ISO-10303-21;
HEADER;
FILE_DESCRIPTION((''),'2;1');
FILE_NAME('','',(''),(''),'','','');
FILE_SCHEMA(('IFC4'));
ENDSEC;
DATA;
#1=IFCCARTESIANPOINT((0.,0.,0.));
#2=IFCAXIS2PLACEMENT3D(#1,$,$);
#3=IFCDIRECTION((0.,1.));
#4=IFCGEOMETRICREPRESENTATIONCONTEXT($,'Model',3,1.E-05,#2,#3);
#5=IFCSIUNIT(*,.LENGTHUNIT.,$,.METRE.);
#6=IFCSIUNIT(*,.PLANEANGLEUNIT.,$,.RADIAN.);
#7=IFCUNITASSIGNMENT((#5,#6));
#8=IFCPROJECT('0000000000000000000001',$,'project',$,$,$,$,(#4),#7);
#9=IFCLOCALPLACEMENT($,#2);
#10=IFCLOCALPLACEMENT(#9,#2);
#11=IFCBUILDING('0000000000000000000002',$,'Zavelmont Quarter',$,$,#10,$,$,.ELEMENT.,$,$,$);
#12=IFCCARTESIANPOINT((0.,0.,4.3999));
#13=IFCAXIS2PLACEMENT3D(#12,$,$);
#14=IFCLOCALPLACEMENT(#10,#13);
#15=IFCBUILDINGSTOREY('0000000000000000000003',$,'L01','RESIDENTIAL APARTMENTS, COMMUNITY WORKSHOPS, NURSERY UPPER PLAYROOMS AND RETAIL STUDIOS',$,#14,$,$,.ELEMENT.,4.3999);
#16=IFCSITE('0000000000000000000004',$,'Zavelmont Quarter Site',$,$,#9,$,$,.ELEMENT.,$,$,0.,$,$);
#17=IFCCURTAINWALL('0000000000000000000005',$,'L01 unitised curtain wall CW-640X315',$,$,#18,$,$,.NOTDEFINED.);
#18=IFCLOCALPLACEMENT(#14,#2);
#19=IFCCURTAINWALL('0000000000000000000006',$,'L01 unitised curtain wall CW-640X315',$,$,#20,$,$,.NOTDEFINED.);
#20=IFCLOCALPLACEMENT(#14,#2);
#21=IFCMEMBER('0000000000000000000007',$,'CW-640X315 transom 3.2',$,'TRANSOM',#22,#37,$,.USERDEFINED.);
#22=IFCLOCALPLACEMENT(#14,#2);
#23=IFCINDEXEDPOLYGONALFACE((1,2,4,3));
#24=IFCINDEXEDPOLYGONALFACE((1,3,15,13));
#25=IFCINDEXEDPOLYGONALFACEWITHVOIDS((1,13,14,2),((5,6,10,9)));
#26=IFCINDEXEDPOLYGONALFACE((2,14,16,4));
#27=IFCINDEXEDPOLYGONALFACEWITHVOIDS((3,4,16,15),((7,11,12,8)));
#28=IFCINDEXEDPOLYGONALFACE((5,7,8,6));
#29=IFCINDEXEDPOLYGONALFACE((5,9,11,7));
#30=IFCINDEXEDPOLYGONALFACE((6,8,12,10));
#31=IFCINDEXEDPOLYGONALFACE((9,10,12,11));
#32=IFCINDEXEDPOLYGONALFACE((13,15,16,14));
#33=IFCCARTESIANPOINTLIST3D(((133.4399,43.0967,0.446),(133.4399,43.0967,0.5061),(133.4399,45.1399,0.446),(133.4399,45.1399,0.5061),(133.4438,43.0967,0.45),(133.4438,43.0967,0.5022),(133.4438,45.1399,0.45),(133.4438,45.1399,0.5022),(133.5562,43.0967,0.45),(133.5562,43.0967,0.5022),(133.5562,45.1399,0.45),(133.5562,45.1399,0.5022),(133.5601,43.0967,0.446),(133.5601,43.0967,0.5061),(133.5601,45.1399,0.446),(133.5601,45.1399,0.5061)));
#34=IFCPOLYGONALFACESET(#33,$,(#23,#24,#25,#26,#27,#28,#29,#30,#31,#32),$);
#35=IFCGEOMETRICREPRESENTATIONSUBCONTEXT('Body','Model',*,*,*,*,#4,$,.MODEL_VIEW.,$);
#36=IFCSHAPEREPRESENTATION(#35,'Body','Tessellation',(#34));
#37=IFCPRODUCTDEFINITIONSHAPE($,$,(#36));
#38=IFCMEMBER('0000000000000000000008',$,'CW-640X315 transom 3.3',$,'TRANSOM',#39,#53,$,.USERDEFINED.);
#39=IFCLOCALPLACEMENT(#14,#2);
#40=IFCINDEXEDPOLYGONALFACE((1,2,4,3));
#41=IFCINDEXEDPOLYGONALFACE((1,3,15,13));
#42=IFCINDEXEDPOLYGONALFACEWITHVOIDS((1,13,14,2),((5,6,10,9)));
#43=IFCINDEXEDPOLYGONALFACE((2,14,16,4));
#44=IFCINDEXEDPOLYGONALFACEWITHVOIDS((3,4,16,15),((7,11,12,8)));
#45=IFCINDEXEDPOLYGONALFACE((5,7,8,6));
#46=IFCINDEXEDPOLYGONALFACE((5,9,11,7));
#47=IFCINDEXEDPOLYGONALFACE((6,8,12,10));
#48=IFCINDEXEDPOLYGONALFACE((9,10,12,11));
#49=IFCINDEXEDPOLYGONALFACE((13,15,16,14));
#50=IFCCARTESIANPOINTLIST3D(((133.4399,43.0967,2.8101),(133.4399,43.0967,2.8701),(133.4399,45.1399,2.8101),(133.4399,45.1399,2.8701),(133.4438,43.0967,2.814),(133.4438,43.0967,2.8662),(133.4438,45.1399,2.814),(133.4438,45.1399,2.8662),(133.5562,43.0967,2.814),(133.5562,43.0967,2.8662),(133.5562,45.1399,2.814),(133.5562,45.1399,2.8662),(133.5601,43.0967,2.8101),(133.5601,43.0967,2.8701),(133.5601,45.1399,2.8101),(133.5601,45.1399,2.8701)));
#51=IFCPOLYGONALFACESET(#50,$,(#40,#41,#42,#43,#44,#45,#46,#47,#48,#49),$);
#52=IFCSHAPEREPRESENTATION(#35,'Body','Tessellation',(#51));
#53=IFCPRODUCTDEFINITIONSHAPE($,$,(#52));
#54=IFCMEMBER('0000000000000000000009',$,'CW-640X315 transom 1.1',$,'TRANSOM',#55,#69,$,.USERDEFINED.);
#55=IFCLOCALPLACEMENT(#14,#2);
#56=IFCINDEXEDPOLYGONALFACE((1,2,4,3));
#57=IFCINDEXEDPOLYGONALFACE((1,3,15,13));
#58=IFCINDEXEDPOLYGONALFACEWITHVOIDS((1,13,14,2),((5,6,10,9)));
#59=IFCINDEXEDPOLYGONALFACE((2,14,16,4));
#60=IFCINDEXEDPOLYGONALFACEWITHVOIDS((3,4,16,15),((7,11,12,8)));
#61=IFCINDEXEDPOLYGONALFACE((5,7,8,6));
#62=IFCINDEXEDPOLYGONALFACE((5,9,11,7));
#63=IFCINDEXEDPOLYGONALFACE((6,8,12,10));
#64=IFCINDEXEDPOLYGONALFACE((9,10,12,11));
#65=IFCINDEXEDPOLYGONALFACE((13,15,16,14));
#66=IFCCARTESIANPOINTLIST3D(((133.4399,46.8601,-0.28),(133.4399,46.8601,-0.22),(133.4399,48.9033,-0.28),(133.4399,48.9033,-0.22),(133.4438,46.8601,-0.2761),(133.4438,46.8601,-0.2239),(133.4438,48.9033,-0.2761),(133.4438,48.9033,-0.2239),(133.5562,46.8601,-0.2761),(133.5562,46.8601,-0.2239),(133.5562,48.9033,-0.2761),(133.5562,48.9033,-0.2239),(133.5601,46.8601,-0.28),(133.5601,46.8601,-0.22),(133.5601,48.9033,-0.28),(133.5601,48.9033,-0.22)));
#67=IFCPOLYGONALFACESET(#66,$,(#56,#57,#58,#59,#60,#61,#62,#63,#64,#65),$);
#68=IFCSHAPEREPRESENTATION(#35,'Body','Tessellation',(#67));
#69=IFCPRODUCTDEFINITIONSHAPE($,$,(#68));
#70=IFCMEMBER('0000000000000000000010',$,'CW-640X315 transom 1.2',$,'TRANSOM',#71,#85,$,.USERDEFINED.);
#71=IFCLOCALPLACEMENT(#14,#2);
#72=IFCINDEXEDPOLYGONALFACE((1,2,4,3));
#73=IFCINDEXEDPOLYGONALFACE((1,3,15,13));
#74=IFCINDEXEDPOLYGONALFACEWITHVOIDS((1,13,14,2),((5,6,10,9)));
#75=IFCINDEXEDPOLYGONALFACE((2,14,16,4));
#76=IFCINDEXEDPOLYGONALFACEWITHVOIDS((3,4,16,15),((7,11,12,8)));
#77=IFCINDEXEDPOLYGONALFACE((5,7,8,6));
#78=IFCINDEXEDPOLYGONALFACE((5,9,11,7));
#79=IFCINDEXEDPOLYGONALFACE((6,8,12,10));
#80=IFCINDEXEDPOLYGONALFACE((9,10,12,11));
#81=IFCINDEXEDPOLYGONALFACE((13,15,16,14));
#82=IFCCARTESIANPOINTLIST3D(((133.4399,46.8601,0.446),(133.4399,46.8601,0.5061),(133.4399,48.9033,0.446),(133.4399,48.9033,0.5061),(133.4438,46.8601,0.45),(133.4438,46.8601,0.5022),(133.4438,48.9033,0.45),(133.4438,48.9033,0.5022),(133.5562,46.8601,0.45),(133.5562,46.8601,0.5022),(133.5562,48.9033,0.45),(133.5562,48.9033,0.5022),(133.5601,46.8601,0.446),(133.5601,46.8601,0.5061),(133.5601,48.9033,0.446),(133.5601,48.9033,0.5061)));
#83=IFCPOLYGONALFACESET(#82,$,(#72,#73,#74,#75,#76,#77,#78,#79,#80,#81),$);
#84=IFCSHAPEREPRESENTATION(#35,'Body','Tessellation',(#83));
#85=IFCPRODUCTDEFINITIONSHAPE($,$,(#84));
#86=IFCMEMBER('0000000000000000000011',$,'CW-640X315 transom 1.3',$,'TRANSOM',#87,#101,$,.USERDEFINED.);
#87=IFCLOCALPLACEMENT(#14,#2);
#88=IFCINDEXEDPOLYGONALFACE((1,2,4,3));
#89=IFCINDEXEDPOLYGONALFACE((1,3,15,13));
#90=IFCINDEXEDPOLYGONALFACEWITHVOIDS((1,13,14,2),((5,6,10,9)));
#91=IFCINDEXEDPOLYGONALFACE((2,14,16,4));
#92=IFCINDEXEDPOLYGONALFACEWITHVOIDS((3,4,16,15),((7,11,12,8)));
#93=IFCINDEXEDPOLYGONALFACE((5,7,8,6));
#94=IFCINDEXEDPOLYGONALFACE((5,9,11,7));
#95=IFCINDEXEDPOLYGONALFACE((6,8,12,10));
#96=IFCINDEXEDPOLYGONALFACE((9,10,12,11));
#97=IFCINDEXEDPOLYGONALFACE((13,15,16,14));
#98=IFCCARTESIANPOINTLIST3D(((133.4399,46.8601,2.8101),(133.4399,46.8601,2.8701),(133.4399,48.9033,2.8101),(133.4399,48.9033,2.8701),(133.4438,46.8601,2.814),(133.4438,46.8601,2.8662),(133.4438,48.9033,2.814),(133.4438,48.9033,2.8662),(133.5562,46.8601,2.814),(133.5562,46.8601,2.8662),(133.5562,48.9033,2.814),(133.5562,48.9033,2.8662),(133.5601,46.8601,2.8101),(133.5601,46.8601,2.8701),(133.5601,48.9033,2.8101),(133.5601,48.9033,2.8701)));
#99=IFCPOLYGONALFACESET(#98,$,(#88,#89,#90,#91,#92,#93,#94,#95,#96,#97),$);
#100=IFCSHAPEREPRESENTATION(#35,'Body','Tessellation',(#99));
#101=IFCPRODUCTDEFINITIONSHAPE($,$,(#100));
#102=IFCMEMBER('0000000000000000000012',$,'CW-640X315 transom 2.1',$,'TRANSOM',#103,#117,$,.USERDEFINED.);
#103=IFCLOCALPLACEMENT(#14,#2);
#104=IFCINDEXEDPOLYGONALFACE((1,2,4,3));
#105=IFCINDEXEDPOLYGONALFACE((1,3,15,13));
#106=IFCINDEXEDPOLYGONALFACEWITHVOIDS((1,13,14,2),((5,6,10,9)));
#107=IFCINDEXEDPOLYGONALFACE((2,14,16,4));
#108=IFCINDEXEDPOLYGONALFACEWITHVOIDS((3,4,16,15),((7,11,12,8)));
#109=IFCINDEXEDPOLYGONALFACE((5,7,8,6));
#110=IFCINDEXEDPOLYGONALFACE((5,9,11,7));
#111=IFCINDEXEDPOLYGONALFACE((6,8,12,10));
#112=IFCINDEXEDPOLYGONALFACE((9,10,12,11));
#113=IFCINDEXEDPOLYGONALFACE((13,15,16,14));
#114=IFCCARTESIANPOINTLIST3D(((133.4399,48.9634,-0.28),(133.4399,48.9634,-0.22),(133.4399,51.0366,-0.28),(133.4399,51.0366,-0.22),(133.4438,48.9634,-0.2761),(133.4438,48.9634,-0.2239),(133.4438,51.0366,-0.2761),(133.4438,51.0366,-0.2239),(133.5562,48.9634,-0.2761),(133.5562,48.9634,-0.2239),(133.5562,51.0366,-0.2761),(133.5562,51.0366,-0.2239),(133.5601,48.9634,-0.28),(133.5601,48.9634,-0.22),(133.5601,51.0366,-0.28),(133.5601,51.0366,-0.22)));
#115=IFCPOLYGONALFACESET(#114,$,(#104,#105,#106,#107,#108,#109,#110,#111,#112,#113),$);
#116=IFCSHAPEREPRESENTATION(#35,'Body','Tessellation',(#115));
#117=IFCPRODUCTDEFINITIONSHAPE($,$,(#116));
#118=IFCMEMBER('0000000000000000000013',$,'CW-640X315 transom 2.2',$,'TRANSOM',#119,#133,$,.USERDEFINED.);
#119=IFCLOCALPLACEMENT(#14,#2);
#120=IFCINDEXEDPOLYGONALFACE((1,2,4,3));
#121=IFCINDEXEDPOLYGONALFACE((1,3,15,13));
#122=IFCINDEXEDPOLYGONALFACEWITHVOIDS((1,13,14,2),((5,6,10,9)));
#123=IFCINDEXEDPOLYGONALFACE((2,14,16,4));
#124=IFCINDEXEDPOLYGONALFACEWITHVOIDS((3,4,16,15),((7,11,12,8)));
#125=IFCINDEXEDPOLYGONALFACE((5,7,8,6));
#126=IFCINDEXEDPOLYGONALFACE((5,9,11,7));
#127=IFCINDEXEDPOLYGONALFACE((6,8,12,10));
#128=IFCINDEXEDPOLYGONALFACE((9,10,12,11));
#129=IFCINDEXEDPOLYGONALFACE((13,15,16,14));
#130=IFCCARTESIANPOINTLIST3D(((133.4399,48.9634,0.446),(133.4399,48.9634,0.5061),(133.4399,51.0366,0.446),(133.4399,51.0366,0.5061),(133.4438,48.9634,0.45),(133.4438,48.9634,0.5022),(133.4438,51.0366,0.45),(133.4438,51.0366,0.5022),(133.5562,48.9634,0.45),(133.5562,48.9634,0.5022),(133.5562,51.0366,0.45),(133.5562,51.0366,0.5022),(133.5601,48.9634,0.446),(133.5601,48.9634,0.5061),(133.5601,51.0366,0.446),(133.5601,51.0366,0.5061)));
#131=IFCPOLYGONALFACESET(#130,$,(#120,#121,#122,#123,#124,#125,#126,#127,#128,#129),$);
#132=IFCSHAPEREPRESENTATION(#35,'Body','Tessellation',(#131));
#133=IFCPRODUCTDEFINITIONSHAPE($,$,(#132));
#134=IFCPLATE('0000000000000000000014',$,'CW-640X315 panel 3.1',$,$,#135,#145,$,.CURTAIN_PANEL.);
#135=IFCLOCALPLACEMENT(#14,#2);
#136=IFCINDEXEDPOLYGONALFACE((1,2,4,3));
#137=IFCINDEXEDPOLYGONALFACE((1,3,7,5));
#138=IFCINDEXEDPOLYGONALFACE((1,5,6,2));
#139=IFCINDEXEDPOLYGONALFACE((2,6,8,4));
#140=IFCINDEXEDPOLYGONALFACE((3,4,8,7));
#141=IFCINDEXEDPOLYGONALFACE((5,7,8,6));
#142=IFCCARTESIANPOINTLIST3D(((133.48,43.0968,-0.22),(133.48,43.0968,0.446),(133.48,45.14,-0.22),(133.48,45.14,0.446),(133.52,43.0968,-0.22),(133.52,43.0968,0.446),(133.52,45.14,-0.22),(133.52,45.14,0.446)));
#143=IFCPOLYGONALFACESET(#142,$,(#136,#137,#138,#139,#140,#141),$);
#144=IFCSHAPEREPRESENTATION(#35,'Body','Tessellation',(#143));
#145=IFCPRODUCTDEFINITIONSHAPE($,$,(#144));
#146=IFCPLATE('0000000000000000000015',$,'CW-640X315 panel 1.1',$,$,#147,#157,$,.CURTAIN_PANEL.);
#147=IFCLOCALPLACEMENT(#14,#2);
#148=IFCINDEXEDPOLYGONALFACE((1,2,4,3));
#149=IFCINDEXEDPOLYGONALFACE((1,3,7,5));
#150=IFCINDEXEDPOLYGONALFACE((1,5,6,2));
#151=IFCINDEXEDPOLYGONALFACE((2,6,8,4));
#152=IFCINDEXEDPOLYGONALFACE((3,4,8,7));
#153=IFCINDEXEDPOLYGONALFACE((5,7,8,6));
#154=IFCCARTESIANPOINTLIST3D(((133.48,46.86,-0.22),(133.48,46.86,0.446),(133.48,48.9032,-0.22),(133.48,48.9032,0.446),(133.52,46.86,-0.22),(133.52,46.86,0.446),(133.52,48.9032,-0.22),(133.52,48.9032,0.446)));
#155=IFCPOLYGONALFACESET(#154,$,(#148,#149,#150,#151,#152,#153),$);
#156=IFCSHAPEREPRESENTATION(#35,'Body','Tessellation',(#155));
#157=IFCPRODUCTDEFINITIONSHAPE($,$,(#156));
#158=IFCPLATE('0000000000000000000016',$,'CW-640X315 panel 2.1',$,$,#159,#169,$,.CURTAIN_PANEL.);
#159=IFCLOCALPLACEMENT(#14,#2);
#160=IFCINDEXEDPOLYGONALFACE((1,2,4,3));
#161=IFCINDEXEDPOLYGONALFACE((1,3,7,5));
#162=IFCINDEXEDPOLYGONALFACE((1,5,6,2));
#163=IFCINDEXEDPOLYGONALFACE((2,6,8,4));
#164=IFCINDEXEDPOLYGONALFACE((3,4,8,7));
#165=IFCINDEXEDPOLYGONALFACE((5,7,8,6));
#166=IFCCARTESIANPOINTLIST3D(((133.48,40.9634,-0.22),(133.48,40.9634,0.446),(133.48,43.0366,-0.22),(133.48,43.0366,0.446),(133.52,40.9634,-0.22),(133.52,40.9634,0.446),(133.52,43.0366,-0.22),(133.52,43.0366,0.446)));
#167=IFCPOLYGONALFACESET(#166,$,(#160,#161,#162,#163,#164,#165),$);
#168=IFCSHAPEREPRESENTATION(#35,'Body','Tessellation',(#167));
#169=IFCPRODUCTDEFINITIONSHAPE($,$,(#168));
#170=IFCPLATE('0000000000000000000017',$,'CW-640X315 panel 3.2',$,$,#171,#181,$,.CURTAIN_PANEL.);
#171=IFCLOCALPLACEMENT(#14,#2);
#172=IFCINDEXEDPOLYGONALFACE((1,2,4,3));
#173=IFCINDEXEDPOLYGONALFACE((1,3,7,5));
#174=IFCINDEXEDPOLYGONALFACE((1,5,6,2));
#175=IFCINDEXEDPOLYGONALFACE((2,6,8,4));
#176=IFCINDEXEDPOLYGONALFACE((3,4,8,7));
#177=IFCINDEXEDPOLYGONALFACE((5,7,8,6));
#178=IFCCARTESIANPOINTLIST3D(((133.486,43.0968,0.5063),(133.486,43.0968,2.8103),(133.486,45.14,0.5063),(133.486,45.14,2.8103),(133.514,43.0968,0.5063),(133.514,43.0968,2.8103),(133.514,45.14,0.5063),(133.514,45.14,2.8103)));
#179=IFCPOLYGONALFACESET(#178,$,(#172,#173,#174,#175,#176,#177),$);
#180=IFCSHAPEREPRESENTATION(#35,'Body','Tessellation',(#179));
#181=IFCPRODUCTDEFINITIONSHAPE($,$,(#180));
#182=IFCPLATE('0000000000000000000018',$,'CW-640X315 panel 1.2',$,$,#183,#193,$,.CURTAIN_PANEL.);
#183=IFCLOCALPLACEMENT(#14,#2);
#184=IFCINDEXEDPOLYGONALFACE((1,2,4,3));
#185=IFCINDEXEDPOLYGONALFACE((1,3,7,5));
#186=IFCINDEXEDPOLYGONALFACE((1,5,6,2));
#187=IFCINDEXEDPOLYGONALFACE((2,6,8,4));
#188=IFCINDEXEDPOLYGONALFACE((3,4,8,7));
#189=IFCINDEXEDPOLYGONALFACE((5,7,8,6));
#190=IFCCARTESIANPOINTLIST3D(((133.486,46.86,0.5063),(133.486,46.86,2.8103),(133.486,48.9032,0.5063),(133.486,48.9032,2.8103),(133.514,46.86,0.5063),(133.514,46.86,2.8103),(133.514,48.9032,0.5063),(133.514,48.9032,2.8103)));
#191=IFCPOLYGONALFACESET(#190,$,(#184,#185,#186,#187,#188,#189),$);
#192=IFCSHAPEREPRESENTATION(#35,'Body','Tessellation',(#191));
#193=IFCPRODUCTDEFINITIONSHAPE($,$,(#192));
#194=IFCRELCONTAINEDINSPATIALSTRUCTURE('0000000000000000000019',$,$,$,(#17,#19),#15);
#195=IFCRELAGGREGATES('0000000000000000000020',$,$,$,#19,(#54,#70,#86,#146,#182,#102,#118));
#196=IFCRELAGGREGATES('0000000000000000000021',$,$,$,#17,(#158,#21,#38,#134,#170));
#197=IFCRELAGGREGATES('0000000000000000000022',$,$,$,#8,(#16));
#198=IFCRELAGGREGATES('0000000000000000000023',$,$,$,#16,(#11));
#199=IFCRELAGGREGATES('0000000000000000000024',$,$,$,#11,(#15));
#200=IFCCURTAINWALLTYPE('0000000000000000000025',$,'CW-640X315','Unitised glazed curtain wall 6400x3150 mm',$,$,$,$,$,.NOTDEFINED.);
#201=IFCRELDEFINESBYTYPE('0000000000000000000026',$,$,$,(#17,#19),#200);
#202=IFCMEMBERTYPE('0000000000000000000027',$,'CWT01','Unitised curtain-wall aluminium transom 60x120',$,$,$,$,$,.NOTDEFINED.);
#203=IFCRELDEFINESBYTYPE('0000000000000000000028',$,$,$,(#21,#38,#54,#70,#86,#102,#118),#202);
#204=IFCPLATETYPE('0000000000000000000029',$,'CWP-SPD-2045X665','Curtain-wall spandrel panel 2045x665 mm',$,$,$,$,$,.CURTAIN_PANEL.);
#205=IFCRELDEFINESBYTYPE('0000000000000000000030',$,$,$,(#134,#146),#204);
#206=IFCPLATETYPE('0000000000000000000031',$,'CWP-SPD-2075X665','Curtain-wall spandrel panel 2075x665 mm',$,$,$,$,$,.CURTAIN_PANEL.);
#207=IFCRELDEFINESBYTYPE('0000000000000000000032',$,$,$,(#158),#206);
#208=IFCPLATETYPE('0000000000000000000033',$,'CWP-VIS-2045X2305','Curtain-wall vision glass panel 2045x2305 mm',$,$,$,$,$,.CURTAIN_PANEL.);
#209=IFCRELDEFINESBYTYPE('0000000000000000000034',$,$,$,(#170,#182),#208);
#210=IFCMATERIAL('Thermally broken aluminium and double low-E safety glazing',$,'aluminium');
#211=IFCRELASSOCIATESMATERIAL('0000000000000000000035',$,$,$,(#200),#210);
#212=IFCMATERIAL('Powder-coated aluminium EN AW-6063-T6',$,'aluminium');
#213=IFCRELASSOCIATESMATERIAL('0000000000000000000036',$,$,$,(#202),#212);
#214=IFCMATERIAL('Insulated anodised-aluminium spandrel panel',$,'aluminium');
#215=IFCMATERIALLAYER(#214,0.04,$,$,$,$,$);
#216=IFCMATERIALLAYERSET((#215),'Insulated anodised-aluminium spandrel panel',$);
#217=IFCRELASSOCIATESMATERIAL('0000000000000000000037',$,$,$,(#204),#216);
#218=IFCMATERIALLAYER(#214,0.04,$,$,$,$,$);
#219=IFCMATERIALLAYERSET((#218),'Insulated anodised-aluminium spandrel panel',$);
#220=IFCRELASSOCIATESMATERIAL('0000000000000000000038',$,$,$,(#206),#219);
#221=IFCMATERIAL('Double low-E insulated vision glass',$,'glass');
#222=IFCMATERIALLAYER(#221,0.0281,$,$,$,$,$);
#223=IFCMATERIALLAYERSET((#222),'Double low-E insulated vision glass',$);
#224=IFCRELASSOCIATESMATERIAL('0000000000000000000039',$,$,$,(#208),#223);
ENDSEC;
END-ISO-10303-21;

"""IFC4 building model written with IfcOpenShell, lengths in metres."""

from ifc_helpers import new_model, si_unit, direction, frame, origin, origin_2d, place, context, subcontext, project, spatial, rectangle, hollow_rectangle, extrude, material, layer, layer_set, material_profile, profile_set, type_object, element, aggregate, save


model = new_model("IFC4")

# Units and contexts
model_context = context("Model", 3, precision=1e-05, world=origin(), true_north=direction((0.0, 1.0)))
body_context = subcontext(model_context, "Body", "Model", "MODEL_VIEW")
ifc_project = project(units=[si_unit("LENGTHUNIT", "METRE"), si_unit("PLANEANGLEUNIT", "RADIAN")], contexts=[model_context])

# Site, building, storey
site_placement = place(None, origin())
site = spatial("IfcSite", under=ifc_project, at=site_placement, Name="Zavelmont Quarter Site", CompositionType="ELEMENT", RefElevation=0.0)
building_placement = place(site_placement, origin())
building = spatial("IfcBuilding", under=site, at=building_placement, Name="Zavelmont Quarter", CompositionType="ELEMENT")
storey_placement = place(building_placement, frame((0.0, 0.0, 4.3999)))
storey = spatial("IfcBuildingStorey", under=building, at=storey_placement, Name="L01", Description="RESIDENTIAL APARTMENTS, COMMUNITY WORKSHOPS, NURSERY UPPER PLAYROOMS AND RETAIL STUDIOS", CompositionType="ELEMENT", Elevation=4.3999)

# Curtain walls
ifc_material_1 = material(Name="Thermally broken aluminium and double low-E safety glazing", Category="aluminium")
curtain_wall_type = type_object("IfcCurtainWallType", Name="CW-640X315", Description="Unitised glazed curtain wall 6400x3150 mm", PredefinedType="NOTDEFINED", material=ifc_material_1)
curtain_wall_1_placement = place(storey_placement, origin())
curtain_wall_1 = element("IfcCurtainWall", 1, at=curtain_wall_1_placement, inside=storey, type_object=curtain_wall_type, Name="L01 unitised curtain wall CW-640X315", PredefinedType="NOTDEFINED")
ifc_material_2 = material(Name="Powder-coated aluminium EN AW-6063-T6", Category="aluminium")
curtain_wall_2_placement = place(storey_placement, origin())
curtain_wall_2 = element("IfcCurtainWall", 2, at=curtain_wall_2_placement, inside=storey, type_object=curtain_wall_type, Name="L01 unitised curtain wall CW-640X315", PredefinedType="NOTDEFINED")

# Members
ifc_material_profile_1 = material_profile(ifc_material_2, hollow_rectangle(XDim=0.1201, YDim=0.0601, WallThickness=0.0039, at=origin_2d()), Name="CWT60X120")
ifc_profile_set_1 = profile_set([ifc_material_profile_1], Name="Powder-coated aluminium EN AW-6063-T6")
member_type_1 = type_object("IfcMemberType", Name="CWT01", Description="Unitised curtain-wall aluminium transom 60x120", PredefinedType="NOTDEFINED", material=ifc_profile_set_1)
member_1_placement = place(storey_placement, frame((133.5, 43.0967, 0.4761), z_axis=(0.0, 1.0, 0.0), x_axis=(-1.0, 0.0, 0.0)))
member_1 = element("IfcMember", 3, at=member_1_placement, type_object=member_type_1, Name="CW-640X315 transom 3.2", ObjectType="TRANSOM", PredefinedType="USERDEFINED", context=body_context, shape_type="SweptSolid", body=[
    extrude(hollow_rectangle(XDim=0.1201, YDim=0.0601, WallThickness=0.0039, at=origin_2d()), origin(), (0.0, 0.0, 1.0), 2.0432),
])
member_2_placement = place(storey_placement, frame((133.5, 43.0967, 2.8401), z_axis=(0.0, 1.0, 0.0), x_axis=(-1.0, 0.0, 0.0)))
member_2 = element("IfcMember", 4, at=member_2_placement, type_object=member_type_1, Name="CW-640X315 transom 3.3", ObjectType="TRANSOM", PredefinedType="USERDEFINED", context=body_context, shape_type="SweptSolid", body=[
    extrude(hollow_rectangle(XDim=0.1201, YDim=0.0601, WallThickness=0.0039, at=origin_2d()), origin(), (0.0, 0.0, 1.0), 2.0432),
])
member_3_placement = place(storey_placement, frame((133.5, 46.8601, -0.25), z_axis=(0.0, 1.0, 0.0), x_axis=(-1.0, 0.0, 0.0)))
member_3 = element("IfcMember", 5, at=member_3_placement, type_object=member_type_1, Name="CW-640X315 transom 1.1", ObjectType="TRANSOM", PredefinedType="USERDEFINED", context=body_context, shape_type="SweptSolid", body=[
    extrude(hollow_rectangle(XDim=0.1201, YDim=0.0601, WallThickness=0.0039, at=origin_2d()), origin(), (0.0, 0.0, 1.0), 2.0432),
])
member_4_placement = place(storey_placement, frame((133.5, 46.8601, 0.4761), z_axis=(0.0, 1.0, 0.0), x_axis=(-1.0, 0.0, 0.0)))
member_4 = element("IfcMember", 6, at=member_4_placement, type_object=member_type_1, Name="CW-640X315 transom 1.2", ObjectType="TRANSOM", PredefinedType="USERDEFINED", context=body_context, shape_type="SweptSolid", body=[
    extrude(hollow_rectangle(XDim=0.1201, YDim=0.0601, WallThickness=0.0039, at=origin_2d()), origin(), (0.0, 0.0, 1.0), 2.0432),
])
member_5_placement = place(storey_placement, frame((133.5, 46.8601, 2.8401), z_axis=(0.0, 1.0, 0.0), x_axis=(-1.0, 0.0, 0.0)))
member_5 = element("IfcMember", 7, at=member_5_placement, type_object=member_type_1, Name="CW-640X315 transom 1.3", ObjectType="TRANSOM", PredefinedType="USERDEFINED", context=body_context, shape_type="SweptSolid", body=[
    extrude(hollow_rectangle(XDim=0.1201, YDim=0.0601, WallThickness=0.0039, at=origin_2d()), origin(), (0.0, 0.0, 1.0), 2.0432),
])
member_6_placement = place(storey_placement, frame((133.5, 48.9634, -0.25), z_axis=(0.0, 1.0, 0.0), x_axis=(-1.0, 0.0, 0.0)))
member_6 = element("IfcMember", 8, at=member_6_placement, type_object=member_type_1, Name="CW-640X315 transom 2.1", ObjectType="TRANSOM", PredefinedType="USERDEFINED", context=body_context, shape_type="SweptSolid", body=[
    extrude(hollow_rectangle(XDim=0.1201, YDim=0.0601, WallThickness=0.0039, at=origin_2d()), origin(), (0.0, 0.0, 1.0), 2.0732),
])
member_7_placement = place(storey_placement, frame((133.5, 48.9634, 0.4761), z_axis=(0.0, 1.0, 0.0), x_axis=(-1.0, 0.0, 0.0)))
member_7 = element("IfcMember", 9, at=member_7_placement, type_object=member_type_1, Name="CW-640X315 transom 2.2", ObjectType="TRANSOM", PredefinedType="USERDEFINED", context=body_context, shape_type="SweptSolid", body=[
    extrude(hollow_rectangle(XDim=0.1201, YDim=0.0601, WallThickness=0.0039, at=origin_2d()), origin(), (0.0, 0.0, 1.0), 2.0732),
])

# Plates
ifc_material_3 = material(Name="Insulated anodised-aluminium spandrel panel", Category="aluminium")
ifc_layer_1 = layer(ifc_material_3, 0.04)
ifc_layer_set_1 = layer_set([ifc_layer_1], Name="Insulated anodised-aluminium spandrel panel")
plate_type_1 = type_object("IfcPlateType", Name="CWP-SPD-2045X665", Description="Curtain-wall spandrel panel 2045x665 mm", PredefinedType="CURTAIN_PANEL", material=ifc_layer_set_1)
plate_1_placement = place(storey_placement, frame((133.5, 44.1184, -0.22), z_axis=(0.0, 0.0, 1.0), x_axis=(0.0, 1.0, 0.0)))
plate_1 = element("IfcPlate", 10, at=plate_1_placement, type_object=plate_type_1, Name="CW-640X315 panel 3.1", PredefinedType="CURTAIN_PANEL", context=body_context, shape_type="SweptSolid", body=[
    extrude(rectangle(XDim=2.0432, YDim=0.04, at=origin_2d()), origin(), (0.0, 0.0, 1.0), 0.666),
])
plate_2_placement = place(storey_placement, frame((133.5, 47.8816, -0.22), z_axis=(0.0, 0.0, 1.0), x_axis=(0.0, 1.0, 0.0)))
plate_2 = element("IfcPlate", 11, at=plate_2_placement, type_object=plate_type_1, Name="CW-640X315 panel 1.1", PredefinedType="CURTAIN_PANEL", context=body_context, shape_type="SweptSolid", body=[
    extrude(rectangle(XDim=2.0432, YDim=0.04, at=origin_2d()), origin(), (0.0, 0.0, 1.0), 0.666),
])
ifc_layer_2 = layer(ifc_material_3, 0.04)
ifc_layer_set_2 = layer_set([ifc_layer_2], Name="Insulated anodised-aluminium spandrel panel")
plate_type_2 = type_object("IfcPlateType", Name="CWP-SPD-2075X665", Description="Curtain-wall spandrel panel 2075x665 mm", PredefinedType="CURTAIN_PANEL", material=ifc_layer_set_2)
plate_3_placement = place(storey_placement, frame((133.5, 42.0, -0.22), z_axis=(0.0, 0.0, 1.0), x_axis=(0.0, 1.0, 0.0)))
plate_3 = element("IfcPlate", 12, at=plate_3_placement, type_object=plate_type_2, Name="CW-640X315 panel 2.1", PredefinedType="CURTAIN_PANEL", context=body_context, shape_type="SweptSolid", body=[
    extrude(rectangle(XDim=2.0732, YDim=0.04, at=origin_2d()), origin(), (0.0, 0.0, 1.0), 0.666),
])
ifc_material_4 = material(Name="Double low-E insulated vision glass", Category="glass")
ifc_layer_3 = layer(ifc_material_4, 0.0281)
ifc_layer_set_3 = layer_set([ifc_layer_3], Name="Double low-E insulated vision glass")
plate_type_3 = type_object("IfcPlateType", Name="CWP-VIS-2045X2305", Description="Curtain-wall vision glass panel 2045x2305 mm", PredefinedType="CURTAIN_PANEL", material=ifc_layer_set_3)
plate_4_placement = place(storey_placement, frame((133.5, 44.1184, 0.5063), z_axis=(0.0, 0.0, 1.0), x_axis=(0.0, 1.0, 0.0)))
plate_4 = element("IfcPlate", 13, at=plate_4_placement, type_object=plate_type_3, Name="CW-640X315 panel 3.2", PredefinedType="CURTAIN_PANEL", context=body_context, shape_type="SweptSolid", body=[
    extrude(rectangle(XDim=2.0432, YDim=0.0281, at=origin_2d()), origin(), (0.0, 0.0, 1.0), 2.304),
])
plate_5_placement = place(storey_placement, frame((133.5, 47.8816, 0.5063), z_axis=(0.0, 0.0, 1.0), x_axis=(0.0, 1.0, 0.0)))
plate_5 = element("IfcPlate", 14, at=plate_5_placement, type_object=plate_type_3, Name="CW-640X315 panel 1.2", PredefinedType="CURTAIN_PANEL", context=body_context, shape_type="SweptSolid", body=[
    extrude(rectangle(XDim=2.0432, YDim=0.0281, at=origin_2d()), origin(), (0.0, 0.0, 1.0), 2.304),
])
aggregate(curtain_wall_2, [member_3, member_4, member_5, plate_2, plate_5, member_6, member_7])
aggregate(curtain_wall_1, [plate_3, member_1, member_2, plate_1, plate_4])

save(model, "model.ifc")
